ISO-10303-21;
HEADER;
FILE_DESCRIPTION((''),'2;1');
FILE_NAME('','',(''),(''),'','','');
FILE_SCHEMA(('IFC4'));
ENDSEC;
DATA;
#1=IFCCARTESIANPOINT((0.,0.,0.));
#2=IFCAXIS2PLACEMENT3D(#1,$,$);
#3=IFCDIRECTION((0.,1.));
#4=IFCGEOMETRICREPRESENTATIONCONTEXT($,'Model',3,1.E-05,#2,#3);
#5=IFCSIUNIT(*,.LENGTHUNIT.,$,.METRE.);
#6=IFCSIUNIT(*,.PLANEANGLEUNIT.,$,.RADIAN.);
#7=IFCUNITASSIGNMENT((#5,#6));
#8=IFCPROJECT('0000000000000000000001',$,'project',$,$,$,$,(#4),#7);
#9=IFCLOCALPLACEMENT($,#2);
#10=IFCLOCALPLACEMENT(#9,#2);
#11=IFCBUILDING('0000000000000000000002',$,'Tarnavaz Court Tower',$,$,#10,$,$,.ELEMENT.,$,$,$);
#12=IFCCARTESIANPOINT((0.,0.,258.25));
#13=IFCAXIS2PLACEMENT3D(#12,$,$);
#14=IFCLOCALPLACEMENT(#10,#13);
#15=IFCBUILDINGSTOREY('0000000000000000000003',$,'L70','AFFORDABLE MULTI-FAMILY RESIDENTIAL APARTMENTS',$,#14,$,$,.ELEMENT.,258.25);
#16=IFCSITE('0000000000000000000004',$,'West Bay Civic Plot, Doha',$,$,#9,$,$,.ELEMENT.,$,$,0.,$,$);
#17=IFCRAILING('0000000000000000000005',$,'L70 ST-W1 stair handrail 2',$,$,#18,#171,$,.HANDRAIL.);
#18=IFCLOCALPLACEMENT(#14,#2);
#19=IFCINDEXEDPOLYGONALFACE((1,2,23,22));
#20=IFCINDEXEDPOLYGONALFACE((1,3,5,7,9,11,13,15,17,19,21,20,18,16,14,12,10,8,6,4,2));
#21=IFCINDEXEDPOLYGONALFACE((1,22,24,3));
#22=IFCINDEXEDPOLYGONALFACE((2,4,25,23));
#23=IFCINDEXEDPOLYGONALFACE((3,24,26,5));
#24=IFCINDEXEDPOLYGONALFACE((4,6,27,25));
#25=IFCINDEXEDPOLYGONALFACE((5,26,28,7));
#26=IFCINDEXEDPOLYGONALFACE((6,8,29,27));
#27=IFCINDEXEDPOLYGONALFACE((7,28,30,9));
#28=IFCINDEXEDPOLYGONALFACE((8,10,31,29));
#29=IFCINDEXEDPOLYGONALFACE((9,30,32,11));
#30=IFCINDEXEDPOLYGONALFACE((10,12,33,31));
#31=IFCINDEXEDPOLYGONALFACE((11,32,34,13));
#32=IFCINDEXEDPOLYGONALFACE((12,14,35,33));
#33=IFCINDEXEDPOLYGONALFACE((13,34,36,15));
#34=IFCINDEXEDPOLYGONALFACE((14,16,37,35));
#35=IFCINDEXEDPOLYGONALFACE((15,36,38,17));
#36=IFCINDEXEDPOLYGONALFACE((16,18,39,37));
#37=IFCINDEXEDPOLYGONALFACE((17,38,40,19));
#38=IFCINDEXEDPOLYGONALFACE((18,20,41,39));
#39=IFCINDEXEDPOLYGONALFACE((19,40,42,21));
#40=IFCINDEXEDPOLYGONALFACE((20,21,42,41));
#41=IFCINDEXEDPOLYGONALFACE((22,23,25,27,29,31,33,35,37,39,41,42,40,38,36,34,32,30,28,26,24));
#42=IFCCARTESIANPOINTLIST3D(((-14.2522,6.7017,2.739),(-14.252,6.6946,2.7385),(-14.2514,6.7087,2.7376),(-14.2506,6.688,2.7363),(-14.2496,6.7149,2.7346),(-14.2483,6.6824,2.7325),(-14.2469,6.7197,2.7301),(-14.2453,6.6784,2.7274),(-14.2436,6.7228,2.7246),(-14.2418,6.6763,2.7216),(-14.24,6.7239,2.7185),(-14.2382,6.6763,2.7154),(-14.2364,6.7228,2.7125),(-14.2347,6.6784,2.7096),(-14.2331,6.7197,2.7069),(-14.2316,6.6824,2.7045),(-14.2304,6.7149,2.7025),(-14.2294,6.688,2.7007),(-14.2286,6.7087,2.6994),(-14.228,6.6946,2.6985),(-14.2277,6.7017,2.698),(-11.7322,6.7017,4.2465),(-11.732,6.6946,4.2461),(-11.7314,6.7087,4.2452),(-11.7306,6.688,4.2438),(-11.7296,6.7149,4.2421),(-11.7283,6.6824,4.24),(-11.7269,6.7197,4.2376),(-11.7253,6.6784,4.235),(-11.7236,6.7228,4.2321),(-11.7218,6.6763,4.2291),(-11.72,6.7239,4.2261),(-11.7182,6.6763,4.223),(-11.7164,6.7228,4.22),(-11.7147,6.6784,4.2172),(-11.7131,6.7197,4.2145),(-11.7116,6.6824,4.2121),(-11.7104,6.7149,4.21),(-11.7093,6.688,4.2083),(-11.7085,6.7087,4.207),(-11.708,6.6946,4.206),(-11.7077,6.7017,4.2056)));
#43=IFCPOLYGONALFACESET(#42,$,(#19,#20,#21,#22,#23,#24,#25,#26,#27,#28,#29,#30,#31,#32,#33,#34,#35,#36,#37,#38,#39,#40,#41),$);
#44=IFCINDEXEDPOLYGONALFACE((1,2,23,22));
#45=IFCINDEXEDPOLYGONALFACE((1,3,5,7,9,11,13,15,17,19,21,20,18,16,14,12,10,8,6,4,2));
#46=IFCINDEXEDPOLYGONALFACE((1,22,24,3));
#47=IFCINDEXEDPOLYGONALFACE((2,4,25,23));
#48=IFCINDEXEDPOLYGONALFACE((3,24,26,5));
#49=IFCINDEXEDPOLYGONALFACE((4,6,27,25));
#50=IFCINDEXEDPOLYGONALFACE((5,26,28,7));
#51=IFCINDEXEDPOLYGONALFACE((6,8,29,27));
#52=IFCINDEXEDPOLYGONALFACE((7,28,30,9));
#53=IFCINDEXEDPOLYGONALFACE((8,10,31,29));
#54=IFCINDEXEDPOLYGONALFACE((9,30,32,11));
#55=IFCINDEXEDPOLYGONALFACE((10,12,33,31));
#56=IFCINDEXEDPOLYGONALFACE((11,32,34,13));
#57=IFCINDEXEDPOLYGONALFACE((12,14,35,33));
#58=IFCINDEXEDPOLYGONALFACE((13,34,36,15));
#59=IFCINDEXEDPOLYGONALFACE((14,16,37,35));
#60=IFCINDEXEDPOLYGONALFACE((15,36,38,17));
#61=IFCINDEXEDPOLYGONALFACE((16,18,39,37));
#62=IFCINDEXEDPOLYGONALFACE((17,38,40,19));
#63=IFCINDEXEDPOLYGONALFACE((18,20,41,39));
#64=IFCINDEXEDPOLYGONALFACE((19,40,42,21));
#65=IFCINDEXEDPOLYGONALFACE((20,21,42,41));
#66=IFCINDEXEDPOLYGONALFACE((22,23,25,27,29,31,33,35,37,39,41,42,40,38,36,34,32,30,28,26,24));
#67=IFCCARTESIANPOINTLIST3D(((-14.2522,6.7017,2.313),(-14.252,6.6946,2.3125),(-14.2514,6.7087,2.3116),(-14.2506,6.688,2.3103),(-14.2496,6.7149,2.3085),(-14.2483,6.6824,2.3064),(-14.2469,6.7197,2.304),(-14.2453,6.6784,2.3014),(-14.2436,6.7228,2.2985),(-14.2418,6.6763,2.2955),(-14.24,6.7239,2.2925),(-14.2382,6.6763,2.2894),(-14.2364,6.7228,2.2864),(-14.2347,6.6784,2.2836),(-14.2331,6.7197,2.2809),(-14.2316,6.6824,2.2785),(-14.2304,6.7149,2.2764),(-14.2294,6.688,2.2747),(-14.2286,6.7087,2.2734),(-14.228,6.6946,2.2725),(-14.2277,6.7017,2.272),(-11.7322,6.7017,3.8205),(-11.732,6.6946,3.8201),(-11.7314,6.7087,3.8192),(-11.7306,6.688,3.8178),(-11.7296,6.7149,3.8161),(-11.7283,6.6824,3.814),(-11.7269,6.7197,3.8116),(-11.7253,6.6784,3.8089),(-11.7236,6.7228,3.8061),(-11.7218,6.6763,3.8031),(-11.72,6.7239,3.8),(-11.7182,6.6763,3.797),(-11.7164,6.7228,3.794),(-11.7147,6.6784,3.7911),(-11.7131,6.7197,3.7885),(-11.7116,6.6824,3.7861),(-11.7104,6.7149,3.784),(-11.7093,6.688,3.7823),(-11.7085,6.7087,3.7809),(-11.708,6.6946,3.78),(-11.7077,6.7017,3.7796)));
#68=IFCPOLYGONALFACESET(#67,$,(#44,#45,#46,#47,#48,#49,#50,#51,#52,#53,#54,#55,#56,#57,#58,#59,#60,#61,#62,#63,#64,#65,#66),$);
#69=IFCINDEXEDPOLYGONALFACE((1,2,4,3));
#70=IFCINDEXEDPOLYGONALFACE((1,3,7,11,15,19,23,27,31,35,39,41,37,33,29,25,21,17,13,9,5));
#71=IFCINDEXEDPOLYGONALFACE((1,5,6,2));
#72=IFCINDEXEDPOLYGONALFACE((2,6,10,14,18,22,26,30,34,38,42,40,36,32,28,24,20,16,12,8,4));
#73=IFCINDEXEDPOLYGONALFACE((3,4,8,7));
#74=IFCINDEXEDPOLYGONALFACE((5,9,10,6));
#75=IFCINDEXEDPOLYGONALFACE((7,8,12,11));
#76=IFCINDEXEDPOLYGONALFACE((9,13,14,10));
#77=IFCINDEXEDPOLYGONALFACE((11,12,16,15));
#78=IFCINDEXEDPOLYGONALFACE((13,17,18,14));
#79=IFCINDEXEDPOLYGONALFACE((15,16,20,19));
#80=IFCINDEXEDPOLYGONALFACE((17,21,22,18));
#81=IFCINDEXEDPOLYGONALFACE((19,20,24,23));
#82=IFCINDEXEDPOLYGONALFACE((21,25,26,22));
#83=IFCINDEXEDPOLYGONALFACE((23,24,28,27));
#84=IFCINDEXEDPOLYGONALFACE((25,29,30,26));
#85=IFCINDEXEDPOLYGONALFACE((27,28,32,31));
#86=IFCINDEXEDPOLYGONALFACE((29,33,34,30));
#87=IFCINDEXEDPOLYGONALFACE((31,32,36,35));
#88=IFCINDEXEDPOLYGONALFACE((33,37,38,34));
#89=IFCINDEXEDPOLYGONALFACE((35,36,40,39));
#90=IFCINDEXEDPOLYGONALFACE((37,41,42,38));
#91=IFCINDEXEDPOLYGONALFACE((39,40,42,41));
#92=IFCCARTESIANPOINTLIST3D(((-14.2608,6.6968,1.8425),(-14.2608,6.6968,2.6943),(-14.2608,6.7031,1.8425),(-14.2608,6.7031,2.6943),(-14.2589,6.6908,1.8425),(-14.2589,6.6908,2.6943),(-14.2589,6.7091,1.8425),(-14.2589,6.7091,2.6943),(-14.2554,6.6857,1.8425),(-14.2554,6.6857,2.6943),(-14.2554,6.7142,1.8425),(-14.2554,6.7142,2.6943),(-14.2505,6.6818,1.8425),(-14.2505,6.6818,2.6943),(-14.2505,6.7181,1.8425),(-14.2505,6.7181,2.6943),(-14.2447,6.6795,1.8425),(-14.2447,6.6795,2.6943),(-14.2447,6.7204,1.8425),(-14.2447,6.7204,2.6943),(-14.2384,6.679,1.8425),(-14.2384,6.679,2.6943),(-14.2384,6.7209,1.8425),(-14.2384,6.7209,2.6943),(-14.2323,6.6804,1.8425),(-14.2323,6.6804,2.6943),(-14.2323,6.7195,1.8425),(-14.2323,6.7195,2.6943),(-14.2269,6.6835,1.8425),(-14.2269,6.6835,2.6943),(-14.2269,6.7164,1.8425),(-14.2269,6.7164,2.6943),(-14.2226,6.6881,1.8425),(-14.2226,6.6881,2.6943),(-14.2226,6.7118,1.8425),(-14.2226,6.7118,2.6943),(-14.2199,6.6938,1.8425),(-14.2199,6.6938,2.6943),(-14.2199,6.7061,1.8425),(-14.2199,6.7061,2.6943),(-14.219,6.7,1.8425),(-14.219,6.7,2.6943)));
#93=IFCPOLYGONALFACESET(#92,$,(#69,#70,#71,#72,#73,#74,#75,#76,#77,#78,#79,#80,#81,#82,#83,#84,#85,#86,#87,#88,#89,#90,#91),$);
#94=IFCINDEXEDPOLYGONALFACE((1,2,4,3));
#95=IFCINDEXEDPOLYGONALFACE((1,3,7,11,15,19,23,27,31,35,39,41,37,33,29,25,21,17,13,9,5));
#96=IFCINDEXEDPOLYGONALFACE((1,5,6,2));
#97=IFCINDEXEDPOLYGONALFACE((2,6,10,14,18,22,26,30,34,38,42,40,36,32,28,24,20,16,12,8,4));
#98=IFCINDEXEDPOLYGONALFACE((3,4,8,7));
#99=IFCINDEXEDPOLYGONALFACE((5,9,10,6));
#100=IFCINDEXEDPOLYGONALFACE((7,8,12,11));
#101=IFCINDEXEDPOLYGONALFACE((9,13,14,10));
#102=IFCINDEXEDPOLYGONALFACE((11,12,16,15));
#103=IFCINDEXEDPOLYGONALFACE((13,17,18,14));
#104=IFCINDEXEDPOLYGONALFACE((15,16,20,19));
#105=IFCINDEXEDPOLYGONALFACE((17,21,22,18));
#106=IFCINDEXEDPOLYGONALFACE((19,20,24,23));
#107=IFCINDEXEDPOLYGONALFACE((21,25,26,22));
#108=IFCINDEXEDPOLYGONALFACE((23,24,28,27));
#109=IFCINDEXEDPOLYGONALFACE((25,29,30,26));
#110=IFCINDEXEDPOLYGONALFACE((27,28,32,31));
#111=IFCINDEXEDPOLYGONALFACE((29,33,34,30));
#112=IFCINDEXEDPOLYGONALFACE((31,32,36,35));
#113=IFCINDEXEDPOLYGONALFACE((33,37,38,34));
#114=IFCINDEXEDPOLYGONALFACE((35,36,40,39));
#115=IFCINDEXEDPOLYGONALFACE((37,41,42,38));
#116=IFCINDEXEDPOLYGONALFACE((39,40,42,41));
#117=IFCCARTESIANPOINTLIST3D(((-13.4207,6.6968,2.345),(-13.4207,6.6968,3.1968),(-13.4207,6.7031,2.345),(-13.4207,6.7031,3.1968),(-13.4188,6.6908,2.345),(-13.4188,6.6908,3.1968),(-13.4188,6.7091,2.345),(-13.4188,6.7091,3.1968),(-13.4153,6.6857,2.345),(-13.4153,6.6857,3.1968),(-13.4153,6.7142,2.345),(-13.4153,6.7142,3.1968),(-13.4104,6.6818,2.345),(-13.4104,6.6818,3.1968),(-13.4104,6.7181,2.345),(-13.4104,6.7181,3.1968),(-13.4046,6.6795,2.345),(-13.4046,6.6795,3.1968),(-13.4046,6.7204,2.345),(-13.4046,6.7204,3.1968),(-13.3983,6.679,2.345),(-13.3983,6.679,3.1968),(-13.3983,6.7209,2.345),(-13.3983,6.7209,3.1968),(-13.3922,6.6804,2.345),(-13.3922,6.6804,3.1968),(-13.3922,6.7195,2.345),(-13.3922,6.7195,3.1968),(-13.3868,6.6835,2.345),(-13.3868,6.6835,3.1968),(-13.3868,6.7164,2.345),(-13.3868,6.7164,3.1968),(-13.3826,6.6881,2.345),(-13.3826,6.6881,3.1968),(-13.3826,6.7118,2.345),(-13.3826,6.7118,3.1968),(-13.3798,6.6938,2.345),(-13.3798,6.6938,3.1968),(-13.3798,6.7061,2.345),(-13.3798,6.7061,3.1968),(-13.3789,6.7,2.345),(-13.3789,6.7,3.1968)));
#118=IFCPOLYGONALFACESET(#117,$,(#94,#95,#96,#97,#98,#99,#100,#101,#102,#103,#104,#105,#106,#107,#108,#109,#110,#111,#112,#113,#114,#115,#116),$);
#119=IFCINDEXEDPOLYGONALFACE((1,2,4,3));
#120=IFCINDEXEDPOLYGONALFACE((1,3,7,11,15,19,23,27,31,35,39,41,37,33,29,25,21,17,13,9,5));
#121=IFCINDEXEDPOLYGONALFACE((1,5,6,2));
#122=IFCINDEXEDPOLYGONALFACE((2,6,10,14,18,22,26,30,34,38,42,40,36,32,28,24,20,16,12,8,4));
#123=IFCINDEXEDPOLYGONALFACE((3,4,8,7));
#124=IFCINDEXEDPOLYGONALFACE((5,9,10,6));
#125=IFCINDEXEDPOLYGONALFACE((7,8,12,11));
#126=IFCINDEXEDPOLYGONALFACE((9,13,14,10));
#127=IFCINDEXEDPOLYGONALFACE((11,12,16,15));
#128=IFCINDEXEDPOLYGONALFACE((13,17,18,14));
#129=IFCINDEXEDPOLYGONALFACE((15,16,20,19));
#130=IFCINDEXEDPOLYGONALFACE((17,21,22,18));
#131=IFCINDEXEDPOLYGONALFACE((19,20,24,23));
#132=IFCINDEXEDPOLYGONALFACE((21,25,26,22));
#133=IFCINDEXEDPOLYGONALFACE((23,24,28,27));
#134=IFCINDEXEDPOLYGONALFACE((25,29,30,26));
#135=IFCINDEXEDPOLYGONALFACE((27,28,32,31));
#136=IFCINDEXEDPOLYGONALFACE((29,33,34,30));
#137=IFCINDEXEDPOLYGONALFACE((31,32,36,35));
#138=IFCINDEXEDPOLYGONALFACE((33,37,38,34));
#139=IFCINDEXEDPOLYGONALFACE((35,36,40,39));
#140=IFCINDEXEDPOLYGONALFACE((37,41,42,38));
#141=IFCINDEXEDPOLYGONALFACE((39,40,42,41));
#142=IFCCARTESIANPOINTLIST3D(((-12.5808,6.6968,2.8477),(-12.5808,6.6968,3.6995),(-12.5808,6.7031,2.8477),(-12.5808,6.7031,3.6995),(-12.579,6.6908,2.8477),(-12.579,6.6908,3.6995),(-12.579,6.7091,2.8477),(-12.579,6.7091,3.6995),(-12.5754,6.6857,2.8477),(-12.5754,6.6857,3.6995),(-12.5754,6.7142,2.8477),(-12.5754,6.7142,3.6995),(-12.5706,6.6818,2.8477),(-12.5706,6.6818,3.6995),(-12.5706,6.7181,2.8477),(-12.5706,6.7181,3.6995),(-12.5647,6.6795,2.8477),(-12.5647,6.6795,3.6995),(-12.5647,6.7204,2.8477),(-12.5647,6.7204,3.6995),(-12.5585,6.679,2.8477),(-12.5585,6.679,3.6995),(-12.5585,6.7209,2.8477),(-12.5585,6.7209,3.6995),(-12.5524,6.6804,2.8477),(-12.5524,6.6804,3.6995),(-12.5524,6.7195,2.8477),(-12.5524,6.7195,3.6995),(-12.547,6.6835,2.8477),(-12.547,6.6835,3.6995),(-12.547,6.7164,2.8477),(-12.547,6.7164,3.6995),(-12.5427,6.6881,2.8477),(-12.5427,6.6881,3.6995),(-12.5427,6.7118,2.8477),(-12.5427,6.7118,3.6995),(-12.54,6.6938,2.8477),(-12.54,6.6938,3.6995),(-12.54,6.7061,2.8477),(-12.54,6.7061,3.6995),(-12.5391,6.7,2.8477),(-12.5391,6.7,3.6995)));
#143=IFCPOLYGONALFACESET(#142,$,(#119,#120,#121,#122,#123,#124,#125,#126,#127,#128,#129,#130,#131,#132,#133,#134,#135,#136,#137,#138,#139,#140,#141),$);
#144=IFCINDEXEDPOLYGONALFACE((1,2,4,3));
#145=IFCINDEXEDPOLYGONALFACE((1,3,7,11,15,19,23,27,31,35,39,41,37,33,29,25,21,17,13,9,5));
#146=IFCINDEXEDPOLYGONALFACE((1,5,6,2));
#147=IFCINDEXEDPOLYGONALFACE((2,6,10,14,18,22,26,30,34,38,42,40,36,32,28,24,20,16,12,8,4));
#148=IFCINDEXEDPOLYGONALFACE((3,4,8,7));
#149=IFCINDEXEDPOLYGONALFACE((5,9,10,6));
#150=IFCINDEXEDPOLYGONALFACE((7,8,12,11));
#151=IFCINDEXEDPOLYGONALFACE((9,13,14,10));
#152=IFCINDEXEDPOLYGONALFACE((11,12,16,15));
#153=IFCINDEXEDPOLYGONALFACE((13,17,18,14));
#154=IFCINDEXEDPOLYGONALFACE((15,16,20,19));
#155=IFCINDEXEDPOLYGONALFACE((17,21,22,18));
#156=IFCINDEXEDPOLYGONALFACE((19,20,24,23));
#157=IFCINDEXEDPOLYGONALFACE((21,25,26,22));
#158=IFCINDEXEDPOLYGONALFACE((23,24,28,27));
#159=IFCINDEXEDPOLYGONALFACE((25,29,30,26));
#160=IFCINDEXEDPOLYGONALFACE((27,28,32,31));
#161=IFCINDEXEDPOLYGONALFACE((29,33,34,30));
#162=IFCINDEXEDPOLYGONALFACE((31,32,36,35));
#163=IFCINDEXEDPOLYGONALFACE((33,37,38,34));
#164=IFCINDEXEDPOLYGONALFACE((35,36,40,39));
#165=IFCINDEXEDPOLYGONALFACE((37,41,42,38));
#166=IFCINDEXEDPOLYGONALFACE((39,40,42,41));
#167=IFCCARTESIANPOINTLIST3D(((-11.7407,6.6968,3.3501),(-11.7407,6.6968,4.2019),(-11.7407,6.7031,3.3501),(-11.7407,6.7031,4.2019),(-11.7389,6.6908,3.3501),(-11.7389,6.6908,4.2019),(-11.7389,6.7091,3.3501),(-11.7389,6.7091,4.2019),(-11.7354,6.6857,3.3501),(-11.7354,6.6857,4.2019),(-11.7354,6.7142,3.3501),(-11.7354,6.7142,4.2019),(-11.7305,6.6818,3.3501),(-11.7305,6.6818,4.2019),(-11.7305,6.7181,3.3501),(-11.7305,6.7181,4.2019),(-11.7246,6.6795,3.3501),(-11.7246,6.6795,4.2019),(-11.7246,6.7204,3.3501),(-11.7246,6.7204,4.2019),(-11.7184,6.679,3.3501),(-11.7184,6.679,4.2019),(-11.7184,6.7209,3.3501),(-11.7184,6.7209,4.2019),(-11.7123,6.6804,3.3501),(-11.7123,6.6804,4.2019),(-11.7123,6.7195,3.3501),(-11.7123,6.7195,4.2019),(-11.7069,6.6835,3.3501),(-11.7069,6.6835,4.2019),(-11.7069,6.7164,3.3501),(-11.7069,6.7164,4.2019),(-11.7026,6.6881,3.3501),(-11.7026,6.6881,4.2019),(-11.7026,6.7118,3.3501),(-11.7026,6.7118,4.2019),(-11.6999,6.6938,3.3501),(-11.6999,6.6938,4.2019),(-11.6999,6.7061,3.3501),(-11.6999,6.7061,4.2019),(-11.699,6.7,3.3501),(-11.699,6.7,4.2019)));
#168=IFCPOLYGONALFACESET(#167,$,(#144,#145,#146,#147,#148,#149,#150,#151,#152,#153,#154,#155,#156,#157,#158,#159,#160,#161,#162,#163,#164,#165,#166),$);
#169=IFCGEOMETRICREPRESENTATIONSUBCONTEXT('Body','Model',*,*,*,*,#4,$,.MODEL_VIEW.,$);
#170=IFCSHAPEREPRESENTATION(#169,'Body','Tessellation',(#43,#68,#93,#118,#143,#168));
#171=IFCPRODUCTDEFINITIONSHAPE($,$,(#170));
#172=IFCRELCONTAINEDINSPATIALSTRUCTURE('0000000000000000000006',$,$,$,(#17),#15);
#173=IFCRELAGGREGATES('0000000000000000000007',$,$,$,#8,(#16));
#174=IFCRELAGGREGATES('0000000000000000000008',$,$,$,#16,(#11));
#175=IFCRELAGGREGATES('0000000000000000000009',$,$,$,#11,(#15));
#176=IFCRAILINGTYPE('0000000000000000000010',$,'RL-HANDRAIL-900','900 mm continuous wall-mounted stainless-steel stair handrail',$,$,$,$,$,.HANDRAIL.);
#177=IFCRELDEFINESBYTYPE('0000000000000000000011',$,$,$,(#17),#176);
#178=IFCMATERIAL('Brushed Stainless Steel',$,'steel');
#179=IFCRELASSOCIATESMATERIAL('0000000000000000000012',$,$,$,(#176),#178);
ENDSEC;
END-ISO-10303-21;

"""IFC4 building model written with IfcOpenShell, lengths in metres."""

from ifc_helpers import new_model, si_unit, direction, frame, origin, origin_2d, place, context, subcontext, project, spatial, circle, extrude, material, type_object, element, save


model = new_model("IFC4")

# Units and contexts
model_context = context("Model", 3, precision=1e-05, world=origin(), true_north=direction((0.0, 1.0)))
body_context = subcontext(model_context, "Body", "Model", "MODEL_VIEW")
ifc_project = project(units=[si_unit("LENGTHUNIT", "METRE"), si_unit("PLANEANGLEUNIT", "RADIAN")], contexts=[model_context])

# Site, building, storey
site_placement = place(None, origin())
site = spatial("IfcSite", under=ifc_project, at=site_placement, Name="West Bay Civic Plot, Doha", CompositionType="ELEMENT", RefElevation=0.0)
building_placement = place(site_placement, origin())
building = spatial("IfcBuilding", under=site, at=building_placement, Name="Tarnavaz Court Tower", CompositionType="ELEMENT")
storey_placement = place(building_placement, frame((0.0, 0.0, 258.25)))
storey = spatial("IfcBuildingStorey", under=building, at=storey_placement, Name="L70", Description="AFFORDABLE MULTI-FAMILY RESIDENTIAL APARTMENTS", CompositionType="ELEMENT", Elevation=258.25)

# Railing
ifc_material_1 = material(Name="Brushed Stainless Steel", Category="steel")
railing_type_1 = type_object("IfcRailingType", Name="RL-HANDRAIL-900", Description="900 mm continuous wall-mounted stainless-steel stair handrail", PredefinedType="HANDRAIL", material=ifc_material_1)
railing_1_placement = place(storey_placement, frame((-14.24, 6.7, 1.8425)))
element("IfcRailing", 1, at=railing_1_placement, inside=storey, type_object=railing_type_1, Name="L70 ST-W1 stair handrail 2", PredefinedType="HANDRAIL", context=body_context, shape_type="SweptSolid", body=[
    extrude(circle(Radius=0.0239, at=origin_2d()), frame((0.0, 0.0, 0.876), z_axis=(0.85816, 0.0, 0.513383), x_axis=(0.0, 1.0, 0.0)), (0.0, 0.0, 1.0), 2.9365),
    extrude(circle(Radius=0.0239, at=origin_2d()), frame((0.0, 0.0, 0.45), z_axis=(0.85816, 0.0, 0.513383), x_axis=(0.0, 1.0, 0.0)), (0.0, 0.0, 1.0), 2.9365),
    extrude(circle(Radius=0.021, at=origin_2d()), origin(), (0.0, 0.0, 1.0), 0.8518),
    extrude(circle(Radius=0.021, at=origin_2d()), frame((0.8401, 0.0, 0.5024)), (0.0, 0.0, 1.0), 0.8518),
    extrude(circle(Radius=0.021, at=origin_2d()), frame((1.6799, 0.0, 1.0051)), (0.0, 0.0, 1.0), 0.8518),
    extrude(circle(Radius=0.021, at=origin_2d()), frame((2.52, 0.0, 1.5076)), (0.0, 0.0, 1.0), 0.8518),
])

save(model, "model.ifc")
